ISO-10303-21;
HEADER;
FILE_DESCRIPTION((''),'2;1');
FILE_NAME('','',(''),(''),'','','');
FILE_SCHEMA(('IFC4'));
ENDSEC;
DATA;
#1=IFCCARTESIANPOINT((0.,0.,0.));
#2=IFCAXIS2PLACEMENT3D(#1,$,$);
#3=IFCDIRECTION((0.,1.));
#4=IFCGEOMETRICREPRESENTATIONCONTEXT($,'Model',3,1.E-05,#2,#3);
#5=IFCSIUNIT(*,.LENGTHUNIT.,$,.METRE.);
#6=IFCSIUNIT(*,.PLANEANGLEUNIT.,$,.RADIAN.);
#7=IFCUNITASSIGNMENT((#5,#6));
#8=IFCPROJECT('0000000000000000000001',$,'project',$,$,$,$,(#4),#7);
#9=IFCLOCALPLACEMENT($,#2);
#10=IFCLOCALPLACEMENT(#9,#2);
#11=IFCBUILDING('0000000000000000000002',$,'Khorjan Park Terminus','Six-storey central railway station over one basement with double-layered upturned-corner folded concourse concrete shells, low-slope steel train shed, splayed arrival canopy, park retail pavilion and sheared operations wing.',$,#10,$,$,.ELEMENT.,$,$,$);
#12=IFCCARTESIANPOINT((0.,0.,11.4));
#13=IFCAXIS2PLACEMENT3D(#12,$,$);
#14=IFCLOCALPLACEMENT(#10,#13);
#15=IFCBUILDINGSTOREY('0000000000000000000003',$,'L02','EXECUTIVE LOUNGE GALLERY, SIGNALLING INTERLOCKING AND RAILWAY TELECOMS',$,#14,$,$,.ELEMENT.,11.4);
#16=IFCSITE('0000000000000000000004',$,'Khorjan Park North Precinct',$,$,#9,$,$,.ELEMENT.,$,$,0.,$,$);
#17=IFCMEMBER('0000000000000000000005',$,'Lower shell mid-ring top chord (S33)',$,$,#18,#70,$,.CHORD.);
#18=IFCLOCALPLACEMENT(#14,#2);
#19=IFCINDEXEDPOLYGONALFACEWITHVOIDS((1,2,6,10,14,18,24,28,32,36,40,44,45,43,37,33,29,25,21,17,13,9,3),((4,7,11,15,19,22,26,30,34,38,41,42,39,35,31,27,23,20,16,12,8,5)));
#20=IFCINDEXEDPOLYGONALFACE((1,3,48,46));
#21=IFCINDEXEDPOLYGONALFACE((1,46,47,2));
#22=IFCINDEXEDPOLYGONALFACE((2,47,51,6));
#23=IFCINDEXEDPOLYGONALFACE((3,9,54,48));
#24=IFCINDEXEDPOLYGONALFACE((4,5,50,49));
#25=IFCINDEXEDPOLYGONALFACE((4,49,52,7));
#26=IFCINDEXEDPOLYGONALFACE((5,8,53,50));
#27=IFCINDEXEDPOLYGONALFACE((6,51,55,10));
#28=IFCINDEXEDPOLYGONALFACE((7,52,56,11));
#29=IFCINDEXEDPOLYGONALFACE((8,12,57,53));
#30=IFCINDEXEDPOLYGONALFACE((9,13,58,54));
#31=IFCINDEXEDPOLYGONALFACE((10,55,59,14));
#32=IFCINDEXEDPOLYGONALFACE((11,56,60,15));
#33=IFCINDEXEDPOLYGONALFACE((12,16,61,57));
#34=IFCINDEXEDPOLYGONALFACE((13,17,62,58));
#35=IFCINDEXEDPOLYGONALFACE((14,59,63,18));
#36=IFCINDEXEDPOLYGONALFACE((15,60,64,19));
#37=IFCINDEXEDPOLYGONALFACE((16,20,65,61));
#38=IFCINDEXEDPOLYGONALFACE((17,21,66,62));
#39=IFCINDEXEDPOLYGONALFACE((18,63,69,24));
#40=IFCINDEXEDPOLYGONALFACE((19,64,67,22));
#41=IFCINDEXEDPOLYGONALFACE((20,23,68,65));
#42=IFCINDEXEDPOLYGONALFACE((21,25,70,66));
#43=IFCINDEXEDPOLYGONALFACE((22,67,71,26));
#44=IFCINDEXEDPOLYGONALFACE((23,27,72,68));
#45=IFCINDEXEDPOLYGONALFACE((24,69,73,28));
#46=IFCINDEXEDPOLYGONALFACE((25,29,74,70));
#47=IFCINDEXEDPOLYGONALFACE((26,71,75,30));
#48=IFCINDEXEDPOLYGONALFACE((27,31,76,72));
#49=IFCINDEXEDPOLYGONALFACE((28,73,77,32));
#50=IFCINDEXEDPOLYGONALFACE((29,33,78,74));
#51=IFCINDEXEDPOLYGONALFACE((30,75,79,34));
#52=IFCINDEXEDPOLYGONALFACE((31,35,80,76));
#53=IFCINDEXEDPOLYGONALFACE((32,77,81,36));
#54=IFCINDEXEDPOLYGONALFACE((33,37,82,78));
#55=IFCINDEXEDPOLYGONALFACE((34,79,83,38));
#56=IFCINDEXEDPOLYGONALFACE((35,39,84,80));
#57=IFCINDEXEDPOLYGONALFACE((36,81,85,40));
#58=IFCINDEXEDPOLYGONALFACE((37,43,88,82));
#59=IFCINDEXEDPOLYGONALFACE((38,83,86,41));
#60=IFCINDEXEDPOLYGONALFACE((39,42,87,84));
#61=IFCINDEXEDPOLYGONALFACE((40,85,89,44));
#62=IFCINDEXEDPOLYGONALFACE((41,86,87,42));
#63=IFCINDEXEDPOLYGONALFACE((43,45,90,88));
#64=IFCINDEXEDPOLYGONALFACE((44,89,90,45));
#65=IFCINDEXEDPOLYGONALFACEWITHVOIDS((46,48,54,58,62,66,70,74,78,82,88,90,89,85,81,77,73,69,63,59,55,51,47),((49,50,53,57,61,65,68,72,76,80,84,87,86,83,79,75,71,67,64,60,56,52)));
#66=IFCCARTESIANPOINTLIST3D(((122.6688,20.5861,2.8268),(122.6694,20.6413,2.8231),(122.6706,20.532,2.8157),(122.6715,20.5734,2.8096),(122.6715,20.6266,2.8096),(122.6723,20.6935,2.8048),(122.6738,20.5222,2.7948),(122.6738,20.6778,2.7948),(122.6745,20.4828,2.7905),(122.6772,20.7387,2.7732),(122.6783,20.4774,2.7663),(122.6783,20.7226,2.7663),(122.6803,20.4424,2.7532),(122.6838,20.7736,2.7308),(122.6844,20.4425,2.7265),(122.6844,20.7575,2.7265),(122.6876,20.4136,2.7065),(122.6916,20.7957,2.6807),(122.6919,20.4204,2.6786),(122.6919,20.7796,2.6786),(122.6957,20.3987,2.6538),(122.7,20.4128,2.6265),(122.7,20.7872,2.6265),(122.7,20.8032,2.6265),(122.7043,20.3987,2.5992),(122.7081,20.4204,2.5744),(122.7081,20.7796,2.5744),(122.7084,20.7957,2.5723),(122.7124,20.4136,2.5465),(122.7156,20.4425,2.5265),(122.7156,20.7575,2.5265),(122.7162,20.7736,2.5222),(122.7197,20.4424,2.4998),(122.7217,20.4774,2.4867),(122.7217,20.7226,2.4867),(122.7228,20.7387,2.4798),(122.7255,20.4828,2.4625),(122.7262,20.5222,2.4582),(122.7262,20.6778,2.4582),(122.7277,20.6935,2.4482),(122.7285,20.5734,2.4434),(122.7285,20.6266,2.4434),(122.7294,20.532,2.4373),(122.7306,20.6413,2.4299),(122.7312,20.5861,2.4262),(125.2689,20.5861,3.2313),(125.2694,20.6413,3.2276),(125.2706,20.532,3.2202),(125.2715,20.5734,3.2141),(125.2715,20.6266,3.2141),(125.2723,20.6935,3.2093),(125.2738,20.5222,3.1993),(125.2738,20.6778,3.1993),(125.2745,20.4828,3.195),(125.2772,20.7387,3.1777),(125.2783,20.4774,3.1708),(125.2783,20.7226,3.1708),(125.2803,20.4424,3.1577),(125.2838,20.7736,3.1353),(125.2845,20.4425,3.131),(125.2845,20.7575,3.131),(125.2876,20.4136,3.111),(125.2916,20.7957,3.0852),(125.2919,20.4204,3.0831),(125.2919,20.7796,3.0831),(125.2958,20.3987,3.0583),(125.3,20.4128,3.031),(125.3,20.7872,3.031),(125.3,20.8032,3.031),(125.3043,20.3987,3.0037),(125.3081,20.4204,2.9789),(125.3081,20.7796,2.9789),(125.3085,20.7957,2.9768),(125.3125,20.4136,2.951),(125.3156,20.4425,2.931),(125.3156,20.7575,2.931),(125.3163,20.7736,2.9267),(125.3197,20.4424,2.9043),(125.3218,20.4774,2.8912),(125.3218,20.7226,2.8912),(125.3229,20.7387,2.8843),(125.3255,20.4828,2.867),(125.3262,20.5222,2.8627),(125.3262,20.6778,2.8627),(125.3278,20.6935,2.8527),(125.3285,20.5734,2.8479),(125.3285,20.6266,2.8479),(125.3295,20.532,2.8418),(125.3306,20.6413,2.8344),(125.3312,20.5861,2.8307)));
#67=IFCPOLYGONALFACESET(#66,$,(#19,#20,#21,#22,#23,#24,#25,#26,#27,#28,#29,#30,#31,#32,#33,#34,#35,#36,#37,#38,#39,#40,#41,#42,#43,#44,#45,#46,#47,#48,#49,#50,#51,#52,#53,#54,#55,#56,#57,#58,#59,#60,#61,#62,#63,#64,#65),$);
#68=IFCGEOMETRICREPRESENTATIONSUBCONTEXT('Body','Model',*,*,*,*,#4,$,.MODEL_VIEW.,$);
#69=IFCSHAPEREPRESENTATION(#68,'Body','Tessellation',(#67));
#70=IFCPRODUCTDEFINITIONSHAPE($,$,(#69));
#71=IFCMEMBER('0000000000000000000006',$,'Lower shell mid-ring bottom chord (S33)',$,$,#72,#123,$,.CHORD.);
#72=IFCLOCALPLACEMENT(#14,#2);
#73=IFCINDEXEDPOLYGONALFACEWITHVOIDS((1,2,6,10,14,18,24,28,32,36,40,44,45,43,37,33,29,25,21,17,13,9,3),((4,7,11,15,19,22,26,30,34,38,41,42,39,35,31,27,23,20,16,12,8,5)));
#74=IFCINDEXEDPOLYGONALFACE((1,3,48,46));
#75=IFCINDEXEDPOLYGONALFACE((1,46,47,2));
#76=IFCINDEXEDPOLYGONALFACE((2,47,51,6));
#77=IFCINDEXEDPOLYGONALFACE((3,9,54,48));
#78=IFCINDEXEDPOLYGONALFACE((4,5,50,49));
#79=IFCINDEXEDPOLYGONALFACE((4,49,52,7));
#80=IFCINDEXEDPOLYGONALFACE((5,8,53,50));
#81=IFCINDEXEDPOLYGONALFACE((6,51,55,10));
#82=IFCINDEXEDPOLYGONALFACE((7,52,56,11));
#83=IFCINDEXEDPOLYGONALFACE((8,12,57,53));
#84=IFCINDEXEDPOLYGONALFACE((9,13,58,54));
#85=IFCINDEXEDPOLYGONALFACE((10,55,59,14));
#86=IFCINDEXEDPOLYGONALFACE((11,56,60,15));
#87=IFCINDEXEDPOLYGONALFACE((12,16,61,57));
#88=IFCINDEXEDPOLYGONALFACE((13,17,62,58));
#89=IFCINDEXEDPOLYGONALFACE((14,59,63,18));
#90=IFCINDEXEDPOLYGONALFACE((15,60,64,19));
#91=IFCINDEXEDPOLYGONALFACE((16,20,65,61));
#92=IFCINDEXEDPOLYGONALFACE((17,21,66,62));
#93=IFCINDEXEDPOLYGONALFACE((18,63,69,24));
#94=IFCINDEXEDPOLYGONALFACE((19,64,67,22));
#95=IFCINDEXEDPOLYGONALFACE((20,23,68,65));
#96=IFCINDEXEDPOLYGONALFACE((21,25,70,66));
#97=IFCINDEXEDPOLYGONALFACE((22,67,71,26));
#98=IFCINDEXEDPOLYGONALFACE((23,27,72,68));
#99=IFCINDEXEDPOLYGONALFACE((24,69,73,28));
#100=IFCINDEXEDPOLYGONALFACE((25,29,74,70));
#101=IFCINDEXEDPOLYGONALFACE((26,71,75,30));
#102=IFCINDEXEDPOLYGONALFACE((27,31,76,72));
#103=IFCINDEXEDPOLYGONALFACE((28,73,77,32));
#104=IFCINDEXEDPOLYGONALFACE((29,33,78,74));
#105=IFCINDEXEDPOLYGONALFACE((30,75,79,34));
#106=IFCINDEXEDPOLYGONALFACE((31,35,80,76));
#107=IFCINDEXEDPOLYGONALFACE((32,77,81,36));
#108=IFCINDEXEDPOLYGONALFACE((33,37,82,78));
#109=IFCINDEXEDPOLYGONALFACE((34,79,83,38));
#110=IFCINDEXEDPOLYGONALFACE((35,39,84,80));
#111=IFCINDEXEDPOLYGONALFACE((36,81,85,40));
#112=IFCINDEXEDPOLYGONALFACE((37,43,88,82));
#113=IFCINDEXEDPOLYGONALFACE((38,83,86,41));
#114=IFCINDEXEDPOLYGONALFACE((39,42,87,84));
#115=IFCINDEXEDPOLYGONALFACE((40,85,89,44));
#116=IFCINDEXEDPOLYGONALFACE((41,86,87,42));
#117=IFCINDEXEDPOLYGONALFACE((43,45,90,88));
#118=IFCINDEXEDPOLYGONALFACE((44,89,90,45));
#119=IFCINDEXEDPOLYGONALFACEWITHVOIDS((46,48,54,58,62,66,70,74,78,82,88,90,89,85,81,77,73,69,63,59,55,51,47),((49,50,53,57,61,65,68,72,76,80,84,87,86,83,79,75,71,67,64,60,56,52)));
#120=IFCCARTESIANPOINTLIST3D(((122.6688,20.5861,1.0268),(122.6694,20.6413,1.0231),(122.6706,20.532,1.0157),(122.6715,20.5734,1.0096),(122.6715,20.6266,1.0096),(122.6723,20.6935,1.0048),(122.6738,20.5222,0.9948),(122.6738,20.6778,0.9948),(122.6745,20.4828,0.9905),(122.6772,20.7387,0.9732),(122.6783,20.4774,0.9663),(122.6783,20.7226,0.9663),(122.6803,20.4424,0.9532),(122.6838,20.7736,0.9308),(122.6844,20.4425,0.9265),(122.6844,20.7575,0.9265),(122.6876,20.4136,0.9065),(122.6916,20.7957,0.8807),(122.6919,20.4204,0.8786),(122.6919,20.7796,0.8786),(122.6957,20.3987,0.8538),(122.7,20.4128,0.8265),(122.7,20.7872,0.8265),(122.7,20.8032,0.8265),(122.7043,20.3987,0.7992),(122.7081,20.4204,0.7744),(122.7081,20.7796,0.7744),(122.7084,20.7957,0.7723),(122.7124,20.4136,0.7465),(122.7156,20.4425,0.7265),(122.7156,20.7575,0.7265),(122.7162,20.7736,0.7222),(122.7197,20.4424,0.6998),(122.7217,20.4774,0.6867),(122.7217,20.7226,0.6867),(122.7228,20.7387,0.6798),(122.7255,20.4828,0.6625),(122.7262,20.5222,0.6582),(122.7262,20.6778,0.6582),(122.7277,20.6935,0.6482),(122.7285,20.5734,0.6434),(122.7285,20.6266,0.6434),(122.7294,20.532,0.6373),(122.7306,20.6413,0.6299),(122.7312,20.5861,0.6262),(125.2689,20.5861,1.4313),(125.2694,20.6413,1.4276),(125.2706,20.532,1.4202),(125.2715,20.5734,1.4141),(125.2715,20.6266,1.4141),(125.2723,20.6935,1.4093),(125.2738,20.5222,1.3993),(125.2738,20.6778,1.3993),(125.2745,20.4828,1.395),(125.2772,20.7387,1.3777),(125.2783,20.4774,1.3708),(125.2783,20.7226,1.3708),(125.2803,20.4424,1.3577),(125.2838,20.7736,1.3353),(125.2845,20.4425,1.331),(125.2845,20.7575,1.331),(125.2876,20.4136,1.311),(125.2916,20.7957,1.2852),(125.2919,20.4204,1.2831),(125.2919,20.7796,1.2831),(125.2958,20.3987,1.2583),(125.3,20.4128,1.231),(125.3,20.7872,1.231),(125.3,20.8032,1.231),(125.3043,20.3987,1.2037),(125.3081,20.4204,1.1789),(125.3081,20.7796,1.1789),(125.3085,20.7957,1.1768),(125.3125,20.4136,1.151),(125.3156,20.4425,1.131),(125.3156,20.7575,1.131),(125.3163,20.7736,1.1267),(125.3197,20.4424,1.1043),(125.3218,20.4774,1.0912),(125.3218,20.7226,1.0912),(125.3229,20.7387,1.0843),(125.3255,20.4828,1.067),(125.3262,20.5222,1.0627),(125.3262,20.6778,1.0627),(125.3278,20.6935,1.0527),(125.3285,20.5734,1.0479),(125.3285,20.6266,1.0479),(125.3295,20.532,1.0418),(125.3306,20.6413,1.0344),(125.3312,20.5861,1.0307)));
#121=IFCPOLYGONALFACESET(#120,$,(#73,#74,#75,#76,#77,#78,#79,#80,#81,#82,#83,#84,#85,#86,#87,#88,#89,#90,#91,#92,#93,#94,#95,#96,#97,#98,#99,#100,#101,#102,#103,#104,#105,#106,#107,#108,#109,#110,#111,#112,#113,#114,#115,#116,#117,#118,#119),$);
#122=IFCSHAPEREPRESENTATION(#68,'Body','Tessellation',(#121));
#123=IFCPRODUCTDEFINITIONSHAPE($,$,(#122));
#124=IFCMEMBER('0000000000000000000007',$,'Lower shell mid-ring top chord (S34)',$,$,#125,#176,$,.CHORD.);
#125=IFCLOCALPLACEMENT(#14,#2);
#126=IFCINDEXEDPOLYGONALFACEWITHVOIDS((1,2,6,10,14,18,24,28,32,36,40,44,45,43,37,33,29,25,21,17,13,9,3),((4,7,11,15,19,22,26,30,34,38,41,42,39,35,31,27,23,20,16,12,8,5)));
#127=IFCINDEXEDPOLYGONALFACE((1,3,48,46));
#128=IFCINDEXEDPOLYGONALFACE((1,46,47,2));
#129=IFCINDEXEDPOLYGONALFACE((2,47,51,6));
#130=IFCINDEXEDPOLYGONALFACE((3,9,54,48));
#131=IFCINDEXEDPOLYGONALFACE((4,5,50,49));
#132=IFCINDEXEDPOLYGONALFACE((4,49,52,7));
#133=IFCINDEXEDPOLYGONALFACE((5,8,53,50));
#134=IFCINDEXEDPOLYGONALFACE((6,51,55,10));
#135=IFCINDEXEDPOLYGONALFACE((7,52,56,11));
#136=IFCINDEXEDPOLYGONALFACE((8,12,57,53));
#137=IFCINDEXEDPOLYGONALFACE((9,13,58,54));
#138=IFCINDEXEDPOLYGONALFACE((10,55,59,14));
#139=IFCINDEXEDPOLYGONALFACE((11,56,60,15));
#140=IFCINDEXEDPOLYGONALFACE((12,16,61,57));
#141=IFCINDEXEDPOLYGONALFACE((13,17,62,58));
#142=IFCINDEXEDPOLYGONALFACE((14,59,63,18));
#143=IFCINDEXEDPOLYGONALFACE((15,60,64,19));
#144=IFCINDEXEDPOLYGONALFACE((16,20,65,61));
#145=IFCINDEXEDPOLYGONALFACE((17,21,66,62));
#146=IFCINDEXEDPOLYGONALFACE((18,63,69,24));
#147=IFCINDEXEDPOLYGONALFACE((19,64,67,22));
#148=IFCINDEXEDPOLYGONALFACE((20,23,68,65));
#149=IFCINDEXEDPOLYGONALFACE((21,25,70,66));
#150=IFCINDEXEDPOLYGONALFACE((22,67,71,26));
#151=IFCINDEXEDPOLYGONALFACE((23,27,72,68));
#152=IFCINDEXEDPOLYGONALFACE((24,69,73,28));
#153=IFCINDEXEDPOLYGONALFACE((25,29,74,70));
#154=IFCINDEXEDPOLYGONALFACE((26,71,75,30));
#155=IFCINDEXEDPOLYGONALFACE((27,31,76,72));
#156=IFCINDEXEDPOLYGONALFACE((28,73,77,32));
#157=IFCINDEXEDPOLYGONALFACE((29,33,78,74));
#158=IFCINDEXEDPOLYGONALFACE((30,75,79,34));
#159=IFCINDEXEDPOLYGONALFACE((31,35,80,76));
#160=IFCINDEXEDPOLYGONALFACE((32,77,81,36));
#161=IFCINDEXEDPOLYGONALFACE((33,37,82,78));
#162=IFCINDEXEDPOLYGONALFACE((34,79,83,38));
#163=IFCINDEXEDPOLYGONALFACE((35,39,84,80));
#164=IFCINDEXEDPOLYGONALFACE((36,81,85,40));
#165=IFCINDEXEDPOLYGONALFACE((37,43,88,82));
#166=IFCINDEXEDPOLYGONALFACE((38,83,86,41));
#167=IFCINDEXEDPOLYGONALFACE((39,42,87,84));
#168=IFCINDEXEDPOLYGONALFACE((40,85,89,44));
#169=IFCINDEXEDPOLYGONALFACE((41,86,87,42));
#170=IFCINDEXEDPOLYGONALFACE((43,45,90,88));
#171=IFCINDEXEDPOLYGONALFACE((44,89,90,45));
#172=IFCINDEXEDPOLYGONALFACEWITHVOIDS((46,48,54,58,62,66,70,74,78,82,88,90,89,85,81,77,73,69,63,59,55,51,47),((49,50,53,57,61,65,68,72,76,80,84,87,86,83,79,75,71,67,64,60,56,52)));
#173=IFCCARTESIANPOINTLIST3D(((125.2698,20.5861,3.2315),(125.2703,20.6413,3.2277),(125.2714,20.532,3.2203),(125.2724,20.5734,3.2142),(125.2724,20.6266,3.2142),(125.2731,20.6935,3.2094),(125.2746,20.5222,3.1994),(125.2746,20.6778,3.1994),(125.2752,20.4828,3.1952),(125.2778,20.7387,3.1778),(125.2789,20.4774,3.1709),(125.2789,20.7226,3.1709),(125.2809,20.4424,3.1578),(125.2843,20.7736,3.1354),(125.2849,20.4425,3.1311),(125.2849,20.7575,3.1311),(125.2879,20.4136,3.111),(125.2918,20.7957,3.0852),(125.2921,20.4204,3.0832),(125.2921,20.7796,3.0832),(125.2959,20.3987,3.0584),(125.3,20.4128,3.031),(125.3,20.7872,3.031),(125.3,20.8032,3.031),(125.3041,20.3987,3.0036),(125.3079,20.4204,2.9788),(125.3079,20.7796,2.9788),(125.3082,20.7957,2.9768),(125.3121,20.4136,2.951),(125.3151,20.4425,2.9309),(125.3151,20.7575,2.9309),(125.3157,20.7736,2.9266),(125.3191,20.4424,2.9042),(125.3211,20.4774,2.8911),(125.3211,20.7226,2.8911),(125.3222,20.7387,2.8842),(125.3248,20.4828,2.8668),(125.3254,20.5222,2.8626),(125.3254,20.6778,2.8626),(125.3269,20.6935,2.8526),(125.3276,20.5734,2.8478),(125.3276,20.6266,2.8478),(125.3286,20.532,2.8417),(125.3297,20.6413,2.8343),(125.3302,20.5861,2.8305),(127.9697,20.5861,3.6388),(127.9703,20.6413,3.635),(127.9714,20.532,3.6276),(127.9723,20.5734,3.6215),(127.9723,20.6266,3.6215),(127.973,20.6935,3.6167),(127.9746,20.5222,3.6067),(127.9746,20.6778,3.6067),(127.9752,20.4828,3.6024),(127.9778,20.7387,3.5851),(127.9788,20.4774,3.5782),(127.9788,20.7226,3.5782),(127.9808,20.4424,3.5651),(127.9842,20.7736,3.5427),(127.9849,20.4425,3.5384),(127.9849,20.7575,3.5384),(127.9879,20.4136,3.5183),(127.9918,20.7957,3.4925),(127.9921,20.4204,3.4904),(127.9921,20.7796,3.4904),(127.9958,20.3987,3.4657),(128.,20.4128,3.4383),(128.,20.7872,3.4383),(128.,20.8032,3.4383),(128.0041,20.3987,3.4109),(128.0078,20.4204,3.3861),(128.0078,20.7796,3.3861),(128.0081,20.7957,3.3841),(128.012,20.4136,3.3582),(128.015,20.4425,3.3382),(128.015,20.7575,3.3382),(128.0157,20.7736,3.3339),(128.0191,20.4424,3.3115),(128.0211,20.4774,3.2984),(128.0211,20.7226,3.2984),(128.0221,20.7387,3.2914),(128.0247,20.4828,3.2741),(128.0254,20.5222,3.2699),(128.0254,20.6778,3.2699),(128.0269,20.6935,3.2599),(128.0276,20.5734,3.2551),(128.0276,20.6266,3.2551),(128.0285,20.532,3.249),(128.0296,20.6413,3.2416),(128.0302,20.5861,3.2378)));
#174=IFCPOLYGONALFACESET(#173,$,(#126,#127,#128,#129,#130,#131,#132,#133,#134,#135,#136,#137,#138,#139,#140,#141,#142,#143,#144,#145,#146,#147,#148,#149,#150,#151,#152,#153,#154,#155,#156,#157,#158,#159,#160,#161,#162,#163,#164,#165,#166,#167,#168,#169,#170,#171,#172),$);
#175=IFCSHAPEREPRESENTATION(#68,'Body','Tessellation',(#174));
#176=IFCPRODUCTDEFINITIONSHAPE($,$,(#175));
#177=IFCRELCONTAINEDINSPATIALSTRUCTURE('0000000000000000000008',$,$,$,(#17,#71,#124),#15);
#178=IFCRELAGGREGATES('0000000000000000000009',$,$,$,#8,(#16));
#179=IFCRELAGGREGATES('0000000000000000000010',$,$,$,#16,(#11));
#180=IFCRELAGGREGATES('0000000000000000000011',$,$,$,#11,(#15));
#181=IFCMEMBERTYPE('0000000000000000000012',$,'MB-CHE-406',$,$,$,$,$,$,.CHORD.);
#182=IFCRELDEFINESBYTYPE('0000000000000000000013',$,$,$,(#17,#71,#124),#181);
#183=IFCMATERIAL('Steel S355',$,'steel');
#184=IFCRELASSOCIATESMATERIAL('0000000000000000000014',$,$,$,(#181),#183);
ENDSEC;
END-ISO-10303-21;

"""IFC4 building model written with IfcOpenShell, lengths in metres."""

from ifc_helpers import new_model, si_unit, direction, frame, origin, origin_2d, place, context, subcontext, project, spatial, hollow_circle, extrude, material, material_profile, profile_set, type_object, element, save


model = new_model("IFC4")

# Units and contexts
model_context = context("Model", 3, precision=1e-05, world=origin(), true_north=direction((0.0, 1.0)))
body_context = subcontext(model_context, "Body", "Model", "MODEL_VIEW")
ifc_project = project(units=[si_unit("LENGTHUNIT", "METRE"), si_unit("PLANEANGLEUNIT", "RADIAN")], contexts=[model_context])

# Site, building, storey
site_placement = place(None, origin())
site = spatial("IfcSite", under=ifc_project, at=site_placement, Name="Khorjan Park North Precinct", CompositionType="ELEMENT", RefElevation=0.0)
building_placement = place(site_placement, origin())
building = spatial("IfcBuilding", under=site, at=building_placement, Name="Khorjan Park Terminus", Description="Six-storey central railway station over one basement with double-layered upturned-corner folded concourse concrete shells, low-slope steel train shed, splayed arrival canopy, park retail pavilion and sheared operations wing.", CompositionType="ELEMENT")
storey_placement = place(building_placement, frame((0.0, 0.0, 11.4)))
storey = spatial("IfcBuildingStorey", under=building, at=storey_placement, Name="L02", Description="EXECUTIVE LOUNGE GALLERY, SIGNALLING INTERLOCKING AND RAILWAY TELECOMS", CompositionType="ELEMENT", Elevation=11.4)

# Members
ifc_material_1 = material(Name="Steel S355", Category="steel")
ifc_material_profile_1 = material_profile(ifc_material_1, hollow_circle(Radius=0.2032, WallThickness=0.016, at=origin_2d()), Name="CHS 406.4x16")
ifc_profile_set_1 = profile_set([ifc_material_profile_1], Name="Steel S355")
member_type_1 = type_object("IfcMemberType", Name="MB-CHE-406", PredefinedType="CHORD", material=ifc_profile_set_1)
for number, where, z_axis, x_axis, name in (
    (1, (122.7, 20.6, 2.6265), (0.988113, 0.0, 0.153728), (0.0, 1.0, 0.0), "Lower shell mid-ring top chord (S33)"),
    (2, (122.7, 20.6, 0.8265), (0.988113, 0.0, 0.153728), (0.0, 1.0, 0.0), "Lower shell mid-ring bottom chord (S33)"),
):
    element("IfcMember", number, at=place(storey_placement, frame(where, z_axis=z_axis, x_axis=x_axis)), inside=storey, type_object=member_type_1, Name=name, PredefinedType="CHORD", context=body_context, shape_type="SweptSolid", body=[
        extrude(hollow_circle(Radius=0.2032, WallThickness=0.016, at=origin_2d()), origin(), (0.0, 0.0, 1.0), 2.6313),
    ])
for number, where, z_axis, x_axis, name in (
    (3, (125.3, 20.6, 3.031), (0.988812, 0.0, 0.149164), (0.0, 1.0, 0.0), "Lower shell mid-ring top chord (S34)"),
):
    element("IfcMember", number, at=place(storey_placement, frame(where, z_axis=z_axis, x_axis=x_axis)), inside=storey, type_object=member_type_1, Name=name, PredefinedType="CHORD", context=body_context, shape_type="SweptSolid", body=[
        extrude(hollow_circle(Radius=0.2032, WallThickness=0.016, at=origin_2d()), origin(), (0.0, 0.0, 1.0), 2.7305),
    ])

save(model, "model.ifc")
